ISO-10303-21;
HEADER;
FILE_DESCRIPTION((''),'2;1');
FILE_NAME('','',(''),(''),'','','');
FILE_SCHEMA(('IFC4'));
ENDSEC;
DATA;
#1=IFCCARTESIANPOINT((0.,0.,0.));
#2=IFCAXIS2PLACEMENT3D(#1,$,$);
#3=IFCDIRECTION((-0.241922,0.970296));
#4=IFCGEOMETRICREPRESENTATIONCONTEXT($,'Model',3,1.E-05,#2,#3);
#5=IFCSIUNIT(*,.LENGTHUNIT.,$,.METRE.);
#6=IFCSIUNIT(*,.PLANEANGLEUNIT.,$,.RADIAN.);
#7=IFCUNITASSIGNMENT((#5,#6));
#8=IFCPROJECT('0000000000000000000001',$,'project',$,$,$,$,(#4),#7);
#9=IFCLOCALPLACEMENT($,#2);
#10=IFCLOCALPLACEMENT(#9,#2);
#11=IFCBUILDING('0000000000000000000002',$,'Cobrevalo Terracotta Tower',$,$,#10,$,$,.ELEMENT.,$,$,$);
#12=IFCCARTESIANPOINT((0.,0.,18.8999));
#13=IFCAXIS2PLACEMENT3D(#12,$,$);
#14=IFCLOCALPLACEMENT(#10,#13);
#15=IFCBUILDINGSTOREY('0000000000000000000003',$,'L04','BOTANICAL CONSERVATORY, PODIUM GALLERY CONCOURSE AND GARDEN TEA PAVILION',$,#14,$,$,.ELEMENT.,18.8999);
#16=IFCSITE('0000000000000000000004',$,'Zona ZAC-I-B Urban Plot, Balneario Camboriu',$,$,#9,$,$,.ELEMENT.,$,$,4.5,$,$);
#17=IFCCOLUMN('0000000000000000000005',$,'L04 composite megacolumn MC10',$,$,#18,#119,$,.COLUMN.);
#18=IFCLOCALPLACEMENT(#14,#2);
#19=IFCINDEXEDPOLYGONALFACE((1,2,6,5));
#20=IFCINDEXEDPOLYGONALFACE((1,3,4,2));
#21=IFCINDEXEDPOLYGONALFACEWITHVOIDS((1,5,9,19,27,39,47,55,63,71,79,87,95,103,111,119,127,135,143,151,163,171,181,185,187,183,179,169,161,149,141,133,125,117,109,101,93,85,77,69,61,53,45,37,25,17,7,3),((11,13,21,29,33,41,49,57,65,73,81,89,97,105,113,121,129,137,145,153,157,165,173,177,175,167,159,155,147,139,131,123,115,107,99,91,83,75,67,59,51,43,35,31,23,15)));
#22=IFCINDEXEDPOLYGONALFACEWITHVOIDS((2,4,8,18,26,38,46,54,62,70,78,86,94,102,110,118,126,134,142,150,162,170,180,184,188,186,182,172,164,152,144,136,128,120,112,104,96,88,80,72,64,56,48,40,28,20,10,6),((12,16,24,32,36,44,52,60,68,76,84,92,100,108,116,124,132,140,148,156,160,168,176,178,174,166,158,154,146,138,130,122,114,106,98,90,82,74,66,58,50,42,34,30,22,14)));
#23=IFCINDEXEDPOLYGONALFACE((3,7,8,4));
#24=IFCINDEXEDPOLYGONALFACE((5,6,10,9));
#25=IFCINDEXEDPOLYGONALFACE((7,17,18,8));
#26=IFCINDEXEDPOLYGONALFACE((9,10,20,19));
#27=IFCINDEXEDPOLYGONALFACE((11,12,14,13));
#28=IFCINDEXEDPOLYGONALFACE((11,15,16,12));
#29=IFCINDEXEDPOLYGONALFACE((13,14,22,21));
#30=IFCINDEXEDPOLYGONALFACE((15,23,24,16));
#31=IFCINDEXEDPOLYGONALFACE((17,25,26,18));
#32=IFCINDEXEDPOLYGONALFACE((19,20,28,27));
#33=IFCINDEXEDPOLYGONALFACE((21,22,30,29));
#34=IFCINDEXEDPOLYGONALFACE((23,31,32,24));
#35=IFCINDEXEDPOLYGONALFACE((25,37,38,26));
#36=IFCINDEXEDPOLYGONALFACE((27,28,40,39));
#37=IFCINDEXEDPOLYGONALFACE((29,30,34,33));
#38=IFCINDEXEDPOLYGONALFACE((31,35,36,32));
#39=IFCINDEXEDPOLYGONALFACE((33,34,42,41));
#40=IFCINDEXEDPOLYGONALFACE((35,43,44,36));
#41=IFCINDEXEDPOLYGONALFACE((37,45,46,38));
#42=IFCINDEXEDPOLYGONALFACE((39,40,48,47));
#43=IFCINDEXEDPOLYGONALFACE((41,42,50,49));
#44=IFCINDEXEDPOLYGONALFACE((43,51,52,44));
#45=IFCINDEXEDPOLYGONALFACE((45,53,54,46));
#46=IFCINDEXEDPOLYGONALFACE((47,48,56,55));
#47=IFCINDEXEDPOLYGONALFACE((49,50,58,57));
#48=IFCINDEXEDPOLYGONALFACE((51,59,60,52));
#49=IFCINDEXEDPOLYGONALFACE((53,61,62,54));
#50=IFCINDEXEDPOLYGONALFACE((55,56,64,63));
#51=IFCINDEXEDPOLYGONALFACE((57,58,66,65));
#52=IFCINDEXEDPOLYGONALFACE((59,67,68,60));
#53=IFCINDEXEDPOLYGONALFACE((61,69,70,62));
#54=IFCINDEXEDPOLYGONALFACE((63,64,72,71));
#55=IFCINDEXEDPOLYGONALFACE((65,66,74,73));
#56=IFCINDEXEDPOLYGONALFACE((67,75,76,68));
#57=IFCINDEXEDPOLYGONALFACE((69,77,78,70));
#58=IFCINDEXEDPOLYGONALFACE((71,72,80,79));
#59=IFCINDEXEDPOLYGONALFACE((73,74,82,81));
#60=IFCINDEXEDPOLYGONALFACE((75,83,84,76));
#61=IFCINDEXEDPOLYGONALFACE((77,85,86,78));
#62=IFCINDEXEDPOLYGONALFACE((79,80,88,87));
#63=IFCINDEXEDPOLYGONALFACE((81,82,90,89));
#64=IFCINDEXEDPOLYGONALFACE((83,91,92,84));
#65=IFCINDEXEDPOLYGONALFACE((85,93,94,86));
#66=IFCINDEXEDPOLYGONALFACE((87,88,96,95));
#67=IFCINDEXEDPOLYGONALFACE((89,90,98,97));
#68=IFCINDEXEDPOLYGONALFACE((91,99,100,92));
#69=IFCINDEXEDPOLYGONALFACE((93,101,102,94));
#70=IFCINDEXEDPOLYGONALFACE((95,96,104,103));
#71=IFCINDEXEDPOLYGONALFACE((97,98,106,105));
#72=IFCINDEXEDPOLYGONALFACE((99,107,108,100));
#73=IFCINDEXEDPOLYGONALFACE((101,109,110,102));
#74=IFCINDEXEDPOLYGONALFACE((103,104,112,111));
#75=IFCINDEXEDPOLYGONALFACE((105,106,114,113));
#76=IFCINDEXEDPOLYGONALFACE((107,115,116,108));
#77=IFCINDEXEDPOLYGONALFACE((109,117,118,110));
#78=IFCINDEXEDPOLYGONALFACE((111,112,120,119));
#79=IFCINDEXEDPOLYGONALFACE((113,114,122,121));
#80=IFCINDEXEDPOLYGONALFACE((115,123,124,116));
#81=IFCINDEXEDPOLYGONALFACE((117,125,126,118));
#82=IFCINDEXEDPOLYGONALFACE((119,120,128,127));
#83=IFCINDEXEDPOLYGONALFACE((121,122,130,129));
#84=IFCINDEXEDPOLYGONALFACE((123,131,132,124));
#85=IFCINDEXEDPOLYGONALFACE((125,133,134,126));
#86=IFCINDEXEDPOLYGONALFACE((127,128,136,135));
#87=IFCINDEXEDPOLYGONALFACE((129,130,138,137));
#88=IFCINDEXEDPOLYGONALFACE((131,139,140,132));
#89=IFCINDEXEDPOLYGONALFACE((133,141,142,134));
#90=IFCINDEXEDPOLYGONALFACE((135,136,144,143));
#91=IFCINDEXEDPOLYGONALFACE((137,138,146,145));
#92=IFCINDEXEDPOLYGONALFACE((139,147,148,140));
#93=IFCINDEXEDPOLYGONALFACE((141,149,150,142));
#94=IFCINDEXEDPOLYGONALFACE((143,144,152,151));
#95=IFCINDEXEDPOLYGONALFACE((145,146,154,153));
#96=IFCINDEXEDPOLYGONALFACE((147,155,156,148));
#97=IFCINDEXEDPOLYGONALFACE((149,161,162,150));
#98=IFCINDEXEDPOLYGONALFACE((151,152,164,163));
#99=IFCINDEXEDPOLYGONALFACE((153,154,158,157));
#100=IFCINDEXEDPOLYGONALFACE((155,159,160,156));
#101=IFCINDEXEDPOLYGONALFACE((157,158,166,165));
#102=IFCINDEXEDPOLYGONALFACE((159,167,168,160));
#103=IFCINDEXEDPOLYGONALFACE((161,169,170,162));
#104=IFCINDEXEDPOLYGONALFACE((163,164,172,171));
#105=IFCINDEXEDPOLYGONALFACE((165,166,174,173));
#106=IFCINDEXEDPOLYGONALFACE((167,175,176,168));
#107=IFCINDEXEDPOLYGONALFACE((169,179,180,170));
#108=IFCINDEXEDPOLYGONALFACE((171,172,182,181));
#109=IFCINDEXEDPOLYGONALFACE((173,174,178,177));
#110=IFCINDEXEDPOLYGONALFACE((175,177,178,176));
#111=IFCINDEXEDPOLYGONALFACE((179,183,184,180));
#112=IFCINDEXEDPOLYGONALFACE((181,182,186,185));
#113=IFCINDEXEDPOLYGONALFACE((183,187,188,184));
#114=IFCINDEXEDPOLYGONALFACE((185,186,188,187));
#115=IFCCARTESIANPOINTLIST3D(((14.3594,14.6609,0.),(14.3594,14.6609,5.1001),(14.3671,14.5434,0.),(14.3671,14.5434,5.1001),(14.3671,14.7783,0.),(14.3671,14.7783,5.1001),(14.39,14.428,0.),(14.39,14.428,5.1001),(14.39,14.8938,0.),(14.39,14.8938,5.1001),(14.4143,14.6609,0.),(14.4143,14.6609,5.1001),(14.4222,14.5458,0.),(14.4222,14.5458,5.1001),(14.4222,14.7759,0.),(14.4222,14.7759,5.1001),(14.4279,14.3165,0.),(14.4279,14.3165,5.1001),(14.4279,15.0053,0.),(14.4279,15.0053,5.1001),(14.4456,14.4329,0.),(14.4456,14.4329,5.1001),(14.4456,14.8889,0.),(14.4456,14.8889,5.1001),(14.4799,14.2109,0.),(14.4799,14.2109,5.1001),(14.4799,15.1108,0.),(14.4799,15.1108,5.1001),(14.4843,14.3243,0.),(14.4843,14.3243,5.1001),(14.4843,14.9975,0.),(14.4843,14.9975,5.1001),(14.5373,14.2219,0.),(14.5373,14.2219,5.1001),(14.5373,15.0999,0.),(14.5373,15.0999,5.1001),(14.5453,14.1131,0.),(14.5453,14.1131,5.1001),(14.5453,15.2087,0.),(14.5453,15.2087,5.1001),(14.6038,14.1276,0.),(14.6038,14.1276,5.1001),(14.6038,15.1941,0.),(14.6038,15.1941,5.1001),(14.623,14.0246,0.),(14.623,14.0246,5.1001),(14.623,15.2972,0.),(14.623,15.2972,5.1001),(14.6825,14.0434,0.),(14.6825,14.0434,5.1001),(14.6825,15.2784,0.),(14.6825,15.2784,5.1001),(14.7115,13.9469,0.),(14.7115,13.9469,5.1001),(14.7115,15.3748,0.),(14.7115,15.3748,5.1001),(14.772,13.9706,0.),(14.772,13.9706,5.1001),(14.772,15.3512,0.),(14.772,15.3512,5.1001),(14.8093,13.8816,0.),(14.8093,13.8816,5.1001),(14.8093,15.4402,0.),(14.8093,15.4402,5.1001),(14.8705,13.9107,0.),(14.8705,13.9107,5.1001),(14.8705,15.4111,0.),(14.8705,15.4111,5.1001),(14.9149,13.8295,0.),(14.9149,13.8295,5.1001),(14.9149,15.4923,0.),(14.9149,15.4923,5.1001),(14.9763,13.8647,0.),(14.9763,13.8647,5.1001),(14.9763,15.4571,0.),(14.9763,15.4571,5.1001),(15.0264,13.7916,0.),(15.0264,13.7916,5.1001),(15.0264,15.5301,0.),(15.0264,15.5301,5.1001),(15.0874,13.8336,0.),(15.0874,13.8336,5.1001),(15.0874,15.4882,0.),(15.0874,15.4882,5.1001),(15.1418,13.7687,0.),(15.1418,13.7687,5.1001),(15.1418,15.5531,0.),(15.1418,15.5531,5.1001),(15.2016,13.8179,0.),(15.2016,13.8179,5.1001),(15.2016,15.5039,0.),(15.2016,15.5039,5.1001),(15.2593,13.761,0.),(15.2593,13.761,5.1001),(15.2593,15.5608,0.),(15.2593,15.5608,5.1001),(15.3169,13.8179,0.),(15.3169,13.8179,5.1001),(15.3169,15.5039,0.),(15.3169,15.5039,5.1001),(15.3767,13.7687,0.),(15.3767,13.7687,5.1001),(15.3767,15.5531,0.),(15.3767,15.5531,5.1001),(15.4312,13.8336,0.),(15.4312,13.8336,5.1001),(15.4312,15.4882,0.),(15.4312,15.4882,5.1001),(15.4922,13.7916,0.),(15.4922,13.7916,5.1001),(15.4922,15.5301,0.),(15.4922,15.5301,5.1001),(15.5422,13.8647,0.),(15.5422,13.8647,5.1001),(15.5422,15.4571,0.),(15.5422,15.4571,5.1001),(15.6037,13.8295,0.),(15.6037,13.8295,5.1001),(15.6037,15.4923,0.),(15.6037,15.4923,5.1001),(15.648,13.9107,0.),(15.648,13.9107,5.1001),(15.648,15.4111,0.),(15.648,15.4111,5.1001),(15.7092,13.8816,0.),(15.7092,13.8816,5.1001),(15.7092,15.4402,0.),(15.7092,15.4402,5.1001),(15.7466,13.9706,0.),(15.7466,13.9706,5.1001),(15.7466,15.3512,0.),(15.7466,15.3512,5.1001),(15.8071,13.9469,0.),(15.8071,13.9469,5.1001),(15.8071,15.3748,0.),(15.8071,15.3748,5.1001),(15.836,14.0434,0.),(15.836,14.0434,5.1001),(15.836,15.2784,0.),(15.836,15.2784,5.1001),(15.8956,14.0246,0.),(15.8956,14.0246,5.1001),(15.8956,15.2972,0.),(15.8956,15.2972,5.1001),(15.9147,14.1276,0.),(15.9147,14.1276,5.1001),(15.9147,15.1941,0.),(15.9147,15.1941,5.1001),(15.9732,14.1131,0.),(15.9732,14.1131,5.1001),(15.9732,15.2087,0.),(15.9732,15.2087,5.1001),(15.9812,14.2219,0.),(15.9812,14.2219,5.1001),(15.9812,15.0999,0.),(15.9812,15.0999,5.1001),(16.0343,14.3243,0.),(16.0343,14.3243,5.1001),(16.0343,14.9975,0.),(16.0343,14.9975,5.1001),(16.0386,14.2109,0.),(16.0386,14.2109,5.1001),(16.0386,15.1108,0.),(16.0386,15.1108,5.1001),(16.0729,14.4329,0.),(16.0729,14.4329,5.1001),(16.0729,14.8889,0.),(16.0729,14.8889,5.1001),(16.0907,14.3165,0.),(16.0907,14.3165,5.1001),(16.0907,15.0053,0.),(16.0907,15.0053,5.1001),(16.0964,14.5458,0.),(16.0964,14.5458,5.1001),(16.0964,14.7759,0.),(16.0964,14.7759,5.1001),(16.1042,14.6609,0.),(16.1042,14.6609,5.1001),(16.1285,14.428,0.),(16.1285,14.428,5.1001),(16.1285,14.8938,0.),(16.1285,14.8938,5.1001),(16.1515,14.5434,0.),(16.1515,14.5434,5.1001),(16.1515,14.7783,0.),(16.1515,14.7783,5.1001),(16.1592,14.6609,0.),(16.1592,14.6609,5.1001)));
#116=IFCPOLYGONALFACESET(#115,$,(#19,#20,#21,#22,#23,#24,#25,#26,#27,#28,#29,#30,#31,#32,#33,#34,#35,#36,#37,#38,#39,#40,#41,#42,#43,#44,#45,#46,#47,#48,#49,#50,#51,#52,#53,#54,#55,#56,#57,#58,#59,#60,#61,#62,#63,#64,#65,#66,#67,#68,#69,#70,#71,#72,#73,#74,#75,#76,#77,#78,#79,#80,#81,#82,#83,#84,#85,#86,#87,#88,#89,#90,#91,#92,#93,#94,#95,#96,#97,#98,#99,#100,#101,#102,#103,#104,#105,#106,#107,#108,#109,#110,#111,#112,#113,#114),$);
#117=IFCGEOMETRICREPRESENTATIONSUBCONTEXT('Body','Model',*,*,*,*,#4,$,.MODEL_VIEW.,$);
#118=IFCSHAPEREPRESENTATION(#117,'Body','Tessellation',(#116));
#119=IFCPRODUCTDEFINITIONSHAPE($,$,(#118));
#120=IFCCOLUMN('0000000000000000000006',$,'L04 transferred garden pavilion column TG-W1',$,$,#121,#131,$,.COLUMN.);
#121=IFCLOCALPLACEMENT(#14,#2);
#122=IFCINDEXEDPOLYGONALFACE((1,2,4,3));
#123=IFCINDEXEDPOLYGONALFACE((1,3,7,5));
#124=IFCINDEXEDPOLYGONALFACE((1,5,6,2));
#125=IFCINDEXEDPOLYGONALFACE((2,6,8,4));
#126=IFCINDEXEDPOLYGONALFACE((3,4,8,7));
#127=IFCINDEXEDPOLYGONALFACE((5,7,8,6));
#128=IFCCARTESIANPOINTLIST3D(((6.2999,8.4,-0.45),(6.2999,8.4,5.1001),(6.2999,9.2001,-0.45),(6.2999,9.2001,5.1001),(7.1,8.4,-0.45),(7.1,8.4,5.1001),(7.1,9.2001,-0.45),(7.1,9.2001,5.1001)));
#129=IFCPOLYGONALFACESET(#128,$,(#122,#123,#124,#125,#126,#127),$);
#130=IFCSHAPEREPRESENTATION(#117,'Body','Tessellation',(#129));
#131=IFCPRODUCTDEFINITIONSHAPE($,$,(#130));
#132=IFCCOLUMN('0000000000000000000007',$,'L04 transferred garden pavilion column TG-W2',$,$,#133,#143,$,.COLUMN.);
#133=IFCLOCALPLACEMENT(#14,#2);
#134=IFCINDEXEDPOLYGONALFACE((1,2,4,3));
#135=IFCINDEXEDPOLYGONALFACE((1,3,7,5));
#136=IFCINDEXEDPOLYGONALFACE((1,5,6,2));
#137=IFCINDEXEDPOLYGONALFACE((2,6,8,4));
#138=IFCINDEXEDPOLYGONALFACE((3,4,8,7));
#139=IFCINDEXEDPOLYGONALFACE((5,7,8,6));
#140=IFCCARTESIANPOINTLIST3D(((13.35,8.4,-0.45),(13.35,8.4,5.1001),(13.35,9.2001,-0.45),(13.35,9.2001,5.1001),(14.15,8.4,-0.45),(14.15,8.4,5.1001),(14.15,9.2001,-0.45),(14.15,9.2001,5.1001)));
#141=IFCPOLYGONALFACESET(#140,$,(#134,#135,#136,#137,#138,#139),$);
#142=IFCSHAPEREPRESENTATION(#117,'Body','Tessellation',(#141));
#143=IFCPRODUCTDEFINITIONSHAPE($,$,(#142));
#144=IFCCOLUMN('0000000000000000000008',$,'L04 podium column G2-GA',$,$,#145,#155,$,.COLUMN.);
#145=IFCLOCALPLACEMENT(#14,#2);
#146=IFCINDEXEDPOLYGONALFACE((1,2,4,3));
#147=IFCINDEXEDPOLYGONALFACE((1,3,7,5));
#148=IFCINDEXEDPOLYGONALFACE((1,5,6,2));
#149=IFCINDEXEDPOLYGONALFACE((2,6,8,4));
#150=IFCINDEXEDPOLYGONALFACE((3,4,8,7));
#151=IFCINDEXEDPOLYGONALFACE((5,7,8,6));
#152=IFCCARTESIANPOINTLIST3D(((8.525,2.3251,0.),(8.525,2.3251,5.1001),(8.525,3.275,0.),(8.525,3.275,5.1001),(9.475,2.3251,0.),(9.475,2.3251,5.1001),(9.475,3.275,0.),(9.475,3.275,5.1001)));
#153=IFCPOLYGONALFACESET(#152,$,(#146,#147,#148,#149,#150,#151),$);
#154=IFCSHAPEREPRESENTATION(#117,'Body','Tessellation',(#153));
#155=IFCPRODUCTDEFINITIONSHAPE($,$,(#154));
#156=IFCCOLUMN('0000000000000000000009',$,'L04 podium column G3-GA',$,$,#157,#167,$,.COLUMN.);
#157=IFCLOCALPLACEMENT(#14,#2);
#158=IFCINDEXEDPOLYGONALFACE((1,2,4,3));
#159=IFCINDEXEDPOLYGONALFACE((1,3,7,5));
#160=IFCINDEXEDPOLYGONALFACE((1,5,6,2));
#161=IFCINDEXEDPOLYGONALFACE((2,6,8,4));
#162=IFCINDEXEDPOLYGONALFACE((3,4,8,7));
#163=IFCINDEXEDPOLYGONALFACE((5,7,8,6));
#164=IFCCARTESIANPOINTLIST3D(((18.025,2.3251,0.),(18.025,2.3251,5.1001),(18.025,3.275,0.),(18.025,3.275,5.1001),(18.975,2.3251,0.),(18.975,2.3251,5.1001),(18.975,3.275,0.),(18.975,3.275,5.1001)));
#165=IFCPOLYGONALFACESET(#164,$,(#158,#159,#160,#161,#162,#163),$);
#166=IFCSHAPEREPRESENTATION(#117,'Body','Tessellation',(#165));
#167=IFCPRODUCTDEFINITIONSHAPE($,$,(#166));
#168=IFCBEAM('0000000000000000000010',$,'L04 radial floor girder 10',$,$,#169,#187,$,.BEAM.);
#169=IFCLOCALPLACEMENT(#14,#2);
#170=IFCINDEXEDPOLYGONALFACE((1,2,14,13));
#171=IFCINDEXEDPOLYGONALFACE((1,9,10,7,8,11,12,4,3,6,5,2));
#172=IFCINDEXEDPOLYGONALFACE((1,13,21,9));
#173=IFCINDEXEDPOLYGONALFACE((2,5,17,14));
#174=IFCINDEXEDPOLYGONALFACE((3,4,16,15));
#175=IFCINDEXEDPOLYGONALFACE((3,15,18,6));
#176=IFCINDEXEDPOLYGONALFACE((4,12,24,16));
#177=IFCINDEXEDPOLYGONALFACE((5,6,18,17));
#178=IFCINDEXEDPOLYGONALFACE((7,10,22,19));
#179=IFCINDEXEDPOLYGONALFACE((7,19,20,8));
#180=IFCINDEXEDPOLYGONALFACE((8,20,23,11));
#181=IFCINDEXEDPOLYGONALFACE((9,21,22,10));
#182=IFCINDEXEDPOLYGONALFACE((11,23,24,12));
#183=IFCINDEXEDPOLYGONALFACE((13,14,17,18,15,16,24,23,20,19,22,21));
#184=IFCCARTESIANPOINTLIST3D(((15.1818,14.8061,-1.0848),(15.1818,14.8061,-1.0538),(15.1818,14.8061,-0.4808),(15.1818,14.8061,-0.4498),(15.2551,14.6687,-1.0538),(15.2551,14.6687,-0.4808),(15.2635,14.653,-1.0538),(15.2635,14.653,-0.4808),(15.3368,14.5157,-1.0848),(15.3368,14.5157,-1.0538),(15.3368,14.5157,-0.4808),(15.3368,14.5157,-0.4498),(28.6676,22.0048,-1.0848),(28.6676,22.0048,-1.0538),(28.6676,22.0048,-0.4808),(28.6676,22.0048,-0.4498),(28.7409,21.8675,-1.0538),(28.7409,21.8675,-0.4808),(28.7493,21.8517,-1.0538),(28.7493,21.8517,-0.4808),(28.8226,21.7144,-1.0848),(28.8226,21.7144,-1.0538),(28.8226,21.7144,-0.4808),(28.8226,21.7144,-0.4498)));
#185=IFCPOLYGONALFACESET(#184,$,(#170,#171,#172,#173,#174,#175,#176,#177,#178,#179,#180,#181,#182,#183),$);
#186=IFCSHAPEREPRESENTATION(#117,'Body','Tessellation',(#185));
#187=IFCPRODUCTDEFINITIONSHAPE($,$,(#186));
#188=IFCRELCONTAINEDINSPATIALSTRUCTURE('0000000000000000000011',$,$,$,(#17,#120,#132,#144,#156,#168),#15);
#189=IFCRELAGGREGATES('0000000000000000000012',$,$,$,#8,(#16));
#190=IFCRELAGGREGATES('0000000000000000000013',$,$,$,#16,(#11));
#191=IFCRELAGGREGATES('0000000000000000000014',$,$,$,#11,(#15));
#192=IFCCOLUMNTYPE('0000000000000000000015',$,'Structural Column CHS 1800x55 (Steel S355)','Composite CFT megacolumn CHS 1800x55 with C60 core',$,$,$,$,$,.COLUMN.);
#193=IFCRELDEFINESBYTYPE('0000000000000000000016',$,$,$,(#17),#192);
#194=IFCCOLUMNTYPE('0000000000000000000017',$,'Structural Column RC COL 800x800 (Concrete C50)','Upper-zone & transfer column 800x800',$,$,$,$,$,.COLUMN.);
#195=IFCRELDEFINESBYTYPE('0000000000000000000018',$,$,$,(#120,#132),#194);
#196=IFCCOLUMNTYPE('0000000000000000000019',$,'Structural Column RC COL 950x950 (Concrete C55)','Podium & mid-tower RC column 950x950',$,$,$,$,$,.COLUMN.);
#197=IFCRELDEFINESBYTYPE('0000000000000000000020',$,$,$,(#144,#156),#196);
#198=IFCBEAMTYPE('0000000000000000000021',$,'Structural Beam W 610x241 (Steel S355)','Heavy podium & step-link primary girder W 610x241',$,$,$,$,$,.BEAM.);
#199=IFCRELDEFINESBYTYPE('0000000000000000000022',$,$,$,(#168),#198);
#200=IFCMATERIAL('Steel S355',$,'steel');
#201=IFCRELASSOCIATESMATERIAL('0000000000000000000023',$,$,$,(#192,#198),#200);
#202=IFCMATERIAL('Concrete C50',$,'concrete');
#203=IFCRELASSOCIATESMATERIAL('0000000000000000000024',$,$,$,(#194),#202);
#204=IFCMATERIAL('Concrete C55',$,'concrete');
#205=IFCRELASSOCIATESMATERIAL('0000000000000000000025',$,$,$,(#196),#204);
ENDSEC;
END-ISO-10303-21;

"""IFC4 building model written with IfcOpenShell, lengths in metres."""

from ifc_helpers import new_model, si_unit, direction, frame, origin, origin_2d, place, context, subcontext, project, spatial, rectangle, hollow_circle, i_section, extrude, material, material_profile, profile_set, type_object, element, save


model = new_model("IFC4")

# Units and contexts
model_context = context("Model", 3, precision=1e-05, world=origin(), true_north=direction((-0.241922, 0.970296)))
body_context = subcontext(model_context, "Body", "Model", "MODEL_VIEW")
ifc_project = project(units=[si_unit("LENGTHUNIT", "METRE"), si_unit("PLANEANGLEUNIT", "RADIAN")], contexts=[model_context])

# Site, building, storey
site_placement = place(None, origin())
site = spatial("IfcSite", under=ifc_project, at=site_placement, Name="Zona ZAC-I-B Urban Plot, Balneario Camboriu", CompositionType="ELEMENT", RefElevation=4.5)
building_placement = place(site_placement, origin())
building = spatial("IfcBuilding", under=site, at=building_placement, Name="Cobrevalo Terracotta Tower", CompositionType="ELEMENT")
storey_placement = place(building_placement, frame((0.0, 0.0, 18.8999)))
storey = spatial("IfcBuildingStorey", under=building, at=storey_placement, Name="L04", Description="BOTANICAL CONSERVATORY, PODIUM GALLERY CONCOURSE AND GARDEN TEA PAVILION", CompositionType="ELEMENT", Elevation=18.8999)

# Columns
ifc_material_1 = material(Name="Steel S355", Category="steel")
ifc_material_profile_1 = material_profile(ifc_material_1, hollow_circle(Radius=0.8999, WallThickness=0.0549, at=origin_2d()), Name="CHS 1800x55")
ifc_profile_set_1 = profile_set([ifc_material_profile_1], Name="Steel S355")
column_type_1 = type_object("IfcColumnType", Name="Structural Column CHS 1800x55 (Steel S355)", Description="Composite CFT megacolumn CHS 1800x55 with C60 core", PredefinedType="COLUMN", material=ifc_profile_set_1)
column_placement = place(storey_placement, frame((15.2593, 14.6609, 0.0), z_axis=(0.0, 0.0, 1.0), x_axis=(1.0, 0.0, 0.0)))
element("IfcColumn", 1, at=column_placement, inside=storey, type_object=column_type_1, Name="L04 composite megacolumn MC10", PredefinedType="COLUMN", context=body_context, shape_type="SweptSolid", body=[
    extrude(hollow_circle(Radius=0.8999, WallThickness=0.0549, at=origin_2d()), origin(), (0.0, 0.0, 1.0), 5.1001),
])
ifc_material_2 = material(Name="Concrete C50", Category="concrete")
ifc_material_profile_2 = material_profile(ifc_material_2, rectangle(XDim=0.8, YDim=0.8, at=origin_2d()), Name="RC COL 800x800")
ifc_profile_set_2 = profile_set([ifc_material_profile_2], Name="Concrete C50")
column_type_2 = type_object("IfcColumnType", Name="Structural Column RC COL 800x800 (Concrete C50)", Description="Upper-zone & transfer column 800x800", PredefinedType="COLUMN", material=ifc_profile_set_2)
for number, where, z_axis, x_axis, name in (
    (2, (6.7, 8.8, -0.45), (0.0, 0.0, 1.0), (1.0, 0.0, 0.0), "L04 transferred garden pavilion column TG-W1"),
    (3, (13.75, 8.8, -0.45), (0.0, 0.0, 1.0), (1.0, 0.0, 0.0), "L04 transferred garden pavilion column TG-W2"),
):
    element("IfcColumn", number, at=place(storey_placement, frame(where, z_axis=z_axis, x_axis=x_axis)), inside=storey, type_object=column_type_2, Name=name, PredefinedType="COLUMN", context=body_context, shape_type="SweptSolid", body=[
        extrude(rectangle(XDim=0.8, YDim=0.8, at=origin_2d()), origin(), (0.0, 0.0, 1.0), 5.55),
    ])
ifc_material_3 = material(Name="Concrete C55", Category="concrete")
ifc_material_profile_3 = material_profile(ifc_material_3, rectangle(XDim=0.95, YDim=0.95, at=origin_2d()), Name="RC COL 950x950")
ifc_profile_set_3 = profile_set([ifc_material_profile_3], Name="Concrete C55")
column_type_3 = type_object("IfcColumnType", Name="Structural Column RC COL 950x950 (Concrete C55)", Description="Podium & mid-tower RC column 950x950", PredefinedType="COLUMN", material=ifc_profile_set_3)
for number, where, z_axis, x_axis, name in (
    (4, (9.0, 2.8, 0.0), (0.0, 0.0, 1.0), (1.0, 0.0, 0.0), "L04 podium column G2-GA"),
    (5, (18.5, 2.8, 0.0), (0.0, 0.0, 1.0), (1.0, 0.0, 0.0), "L04 podium column G3-GA"),
):
    element("IfcColumn", number, at=place(storey_placement, frame(where, z_axis=z_axis, x_axis=x_axis)), inside=storey, type_object=column_type_3, Name=name, PredefinedType="COLUMN", context=body_context, shape_type="SweptSolid", body=[
        extrude(rectangle(XDim=0.95, YDim=0.95, at=origin_2d()), origin(), (0.0, 0.0, 1.0), 5.1001),
    ])

# Beam
ifc_material_profile_4 = material_profile(ifc_material_1, i_section(OverallWidth=0.3291, OverallDepth=0.635, WebThickness=0.0178, FlangeThickness=0.031, at=origin_2d()), Name="W 610x241")
ifc_profile_set_4 = profile_set([ifc_material_profile_4], Name="Steel S355")
beam_type_1 = type_object("IfcBeamType", Name="Structural Beam W 610x241 (Steel S355)", Description="Heavy podium & step-link primary girder W 610x241", PredefinedType="BEAM", material=ifc_profile_set_4)
beam_1_placement = place(storey_placement, frame((15.2593, 14.6609, -0.7673), z_axis=(0.882182, 0.470908, 0.0), x_axis=(-0.470908, 0.882182, 0.0)))
element("IfcBeam", 6, at=beam_1_placement, inside=storey, type_object=beam_type_1, Name="L04 radial floor girder 10", PredefinedType="BEAM", context=body_context, shape_type="SweptSolid", body=[
    extrude(i_section(OverallWidth=0.3291, OverallDepth=0.635, WebThickness=0.0178, FlangeThickness=0.031, at=origin_2d()), origin(), (0.0, 0.0, 1.0), 15.2869),
])

save(model, "model.ifc")
